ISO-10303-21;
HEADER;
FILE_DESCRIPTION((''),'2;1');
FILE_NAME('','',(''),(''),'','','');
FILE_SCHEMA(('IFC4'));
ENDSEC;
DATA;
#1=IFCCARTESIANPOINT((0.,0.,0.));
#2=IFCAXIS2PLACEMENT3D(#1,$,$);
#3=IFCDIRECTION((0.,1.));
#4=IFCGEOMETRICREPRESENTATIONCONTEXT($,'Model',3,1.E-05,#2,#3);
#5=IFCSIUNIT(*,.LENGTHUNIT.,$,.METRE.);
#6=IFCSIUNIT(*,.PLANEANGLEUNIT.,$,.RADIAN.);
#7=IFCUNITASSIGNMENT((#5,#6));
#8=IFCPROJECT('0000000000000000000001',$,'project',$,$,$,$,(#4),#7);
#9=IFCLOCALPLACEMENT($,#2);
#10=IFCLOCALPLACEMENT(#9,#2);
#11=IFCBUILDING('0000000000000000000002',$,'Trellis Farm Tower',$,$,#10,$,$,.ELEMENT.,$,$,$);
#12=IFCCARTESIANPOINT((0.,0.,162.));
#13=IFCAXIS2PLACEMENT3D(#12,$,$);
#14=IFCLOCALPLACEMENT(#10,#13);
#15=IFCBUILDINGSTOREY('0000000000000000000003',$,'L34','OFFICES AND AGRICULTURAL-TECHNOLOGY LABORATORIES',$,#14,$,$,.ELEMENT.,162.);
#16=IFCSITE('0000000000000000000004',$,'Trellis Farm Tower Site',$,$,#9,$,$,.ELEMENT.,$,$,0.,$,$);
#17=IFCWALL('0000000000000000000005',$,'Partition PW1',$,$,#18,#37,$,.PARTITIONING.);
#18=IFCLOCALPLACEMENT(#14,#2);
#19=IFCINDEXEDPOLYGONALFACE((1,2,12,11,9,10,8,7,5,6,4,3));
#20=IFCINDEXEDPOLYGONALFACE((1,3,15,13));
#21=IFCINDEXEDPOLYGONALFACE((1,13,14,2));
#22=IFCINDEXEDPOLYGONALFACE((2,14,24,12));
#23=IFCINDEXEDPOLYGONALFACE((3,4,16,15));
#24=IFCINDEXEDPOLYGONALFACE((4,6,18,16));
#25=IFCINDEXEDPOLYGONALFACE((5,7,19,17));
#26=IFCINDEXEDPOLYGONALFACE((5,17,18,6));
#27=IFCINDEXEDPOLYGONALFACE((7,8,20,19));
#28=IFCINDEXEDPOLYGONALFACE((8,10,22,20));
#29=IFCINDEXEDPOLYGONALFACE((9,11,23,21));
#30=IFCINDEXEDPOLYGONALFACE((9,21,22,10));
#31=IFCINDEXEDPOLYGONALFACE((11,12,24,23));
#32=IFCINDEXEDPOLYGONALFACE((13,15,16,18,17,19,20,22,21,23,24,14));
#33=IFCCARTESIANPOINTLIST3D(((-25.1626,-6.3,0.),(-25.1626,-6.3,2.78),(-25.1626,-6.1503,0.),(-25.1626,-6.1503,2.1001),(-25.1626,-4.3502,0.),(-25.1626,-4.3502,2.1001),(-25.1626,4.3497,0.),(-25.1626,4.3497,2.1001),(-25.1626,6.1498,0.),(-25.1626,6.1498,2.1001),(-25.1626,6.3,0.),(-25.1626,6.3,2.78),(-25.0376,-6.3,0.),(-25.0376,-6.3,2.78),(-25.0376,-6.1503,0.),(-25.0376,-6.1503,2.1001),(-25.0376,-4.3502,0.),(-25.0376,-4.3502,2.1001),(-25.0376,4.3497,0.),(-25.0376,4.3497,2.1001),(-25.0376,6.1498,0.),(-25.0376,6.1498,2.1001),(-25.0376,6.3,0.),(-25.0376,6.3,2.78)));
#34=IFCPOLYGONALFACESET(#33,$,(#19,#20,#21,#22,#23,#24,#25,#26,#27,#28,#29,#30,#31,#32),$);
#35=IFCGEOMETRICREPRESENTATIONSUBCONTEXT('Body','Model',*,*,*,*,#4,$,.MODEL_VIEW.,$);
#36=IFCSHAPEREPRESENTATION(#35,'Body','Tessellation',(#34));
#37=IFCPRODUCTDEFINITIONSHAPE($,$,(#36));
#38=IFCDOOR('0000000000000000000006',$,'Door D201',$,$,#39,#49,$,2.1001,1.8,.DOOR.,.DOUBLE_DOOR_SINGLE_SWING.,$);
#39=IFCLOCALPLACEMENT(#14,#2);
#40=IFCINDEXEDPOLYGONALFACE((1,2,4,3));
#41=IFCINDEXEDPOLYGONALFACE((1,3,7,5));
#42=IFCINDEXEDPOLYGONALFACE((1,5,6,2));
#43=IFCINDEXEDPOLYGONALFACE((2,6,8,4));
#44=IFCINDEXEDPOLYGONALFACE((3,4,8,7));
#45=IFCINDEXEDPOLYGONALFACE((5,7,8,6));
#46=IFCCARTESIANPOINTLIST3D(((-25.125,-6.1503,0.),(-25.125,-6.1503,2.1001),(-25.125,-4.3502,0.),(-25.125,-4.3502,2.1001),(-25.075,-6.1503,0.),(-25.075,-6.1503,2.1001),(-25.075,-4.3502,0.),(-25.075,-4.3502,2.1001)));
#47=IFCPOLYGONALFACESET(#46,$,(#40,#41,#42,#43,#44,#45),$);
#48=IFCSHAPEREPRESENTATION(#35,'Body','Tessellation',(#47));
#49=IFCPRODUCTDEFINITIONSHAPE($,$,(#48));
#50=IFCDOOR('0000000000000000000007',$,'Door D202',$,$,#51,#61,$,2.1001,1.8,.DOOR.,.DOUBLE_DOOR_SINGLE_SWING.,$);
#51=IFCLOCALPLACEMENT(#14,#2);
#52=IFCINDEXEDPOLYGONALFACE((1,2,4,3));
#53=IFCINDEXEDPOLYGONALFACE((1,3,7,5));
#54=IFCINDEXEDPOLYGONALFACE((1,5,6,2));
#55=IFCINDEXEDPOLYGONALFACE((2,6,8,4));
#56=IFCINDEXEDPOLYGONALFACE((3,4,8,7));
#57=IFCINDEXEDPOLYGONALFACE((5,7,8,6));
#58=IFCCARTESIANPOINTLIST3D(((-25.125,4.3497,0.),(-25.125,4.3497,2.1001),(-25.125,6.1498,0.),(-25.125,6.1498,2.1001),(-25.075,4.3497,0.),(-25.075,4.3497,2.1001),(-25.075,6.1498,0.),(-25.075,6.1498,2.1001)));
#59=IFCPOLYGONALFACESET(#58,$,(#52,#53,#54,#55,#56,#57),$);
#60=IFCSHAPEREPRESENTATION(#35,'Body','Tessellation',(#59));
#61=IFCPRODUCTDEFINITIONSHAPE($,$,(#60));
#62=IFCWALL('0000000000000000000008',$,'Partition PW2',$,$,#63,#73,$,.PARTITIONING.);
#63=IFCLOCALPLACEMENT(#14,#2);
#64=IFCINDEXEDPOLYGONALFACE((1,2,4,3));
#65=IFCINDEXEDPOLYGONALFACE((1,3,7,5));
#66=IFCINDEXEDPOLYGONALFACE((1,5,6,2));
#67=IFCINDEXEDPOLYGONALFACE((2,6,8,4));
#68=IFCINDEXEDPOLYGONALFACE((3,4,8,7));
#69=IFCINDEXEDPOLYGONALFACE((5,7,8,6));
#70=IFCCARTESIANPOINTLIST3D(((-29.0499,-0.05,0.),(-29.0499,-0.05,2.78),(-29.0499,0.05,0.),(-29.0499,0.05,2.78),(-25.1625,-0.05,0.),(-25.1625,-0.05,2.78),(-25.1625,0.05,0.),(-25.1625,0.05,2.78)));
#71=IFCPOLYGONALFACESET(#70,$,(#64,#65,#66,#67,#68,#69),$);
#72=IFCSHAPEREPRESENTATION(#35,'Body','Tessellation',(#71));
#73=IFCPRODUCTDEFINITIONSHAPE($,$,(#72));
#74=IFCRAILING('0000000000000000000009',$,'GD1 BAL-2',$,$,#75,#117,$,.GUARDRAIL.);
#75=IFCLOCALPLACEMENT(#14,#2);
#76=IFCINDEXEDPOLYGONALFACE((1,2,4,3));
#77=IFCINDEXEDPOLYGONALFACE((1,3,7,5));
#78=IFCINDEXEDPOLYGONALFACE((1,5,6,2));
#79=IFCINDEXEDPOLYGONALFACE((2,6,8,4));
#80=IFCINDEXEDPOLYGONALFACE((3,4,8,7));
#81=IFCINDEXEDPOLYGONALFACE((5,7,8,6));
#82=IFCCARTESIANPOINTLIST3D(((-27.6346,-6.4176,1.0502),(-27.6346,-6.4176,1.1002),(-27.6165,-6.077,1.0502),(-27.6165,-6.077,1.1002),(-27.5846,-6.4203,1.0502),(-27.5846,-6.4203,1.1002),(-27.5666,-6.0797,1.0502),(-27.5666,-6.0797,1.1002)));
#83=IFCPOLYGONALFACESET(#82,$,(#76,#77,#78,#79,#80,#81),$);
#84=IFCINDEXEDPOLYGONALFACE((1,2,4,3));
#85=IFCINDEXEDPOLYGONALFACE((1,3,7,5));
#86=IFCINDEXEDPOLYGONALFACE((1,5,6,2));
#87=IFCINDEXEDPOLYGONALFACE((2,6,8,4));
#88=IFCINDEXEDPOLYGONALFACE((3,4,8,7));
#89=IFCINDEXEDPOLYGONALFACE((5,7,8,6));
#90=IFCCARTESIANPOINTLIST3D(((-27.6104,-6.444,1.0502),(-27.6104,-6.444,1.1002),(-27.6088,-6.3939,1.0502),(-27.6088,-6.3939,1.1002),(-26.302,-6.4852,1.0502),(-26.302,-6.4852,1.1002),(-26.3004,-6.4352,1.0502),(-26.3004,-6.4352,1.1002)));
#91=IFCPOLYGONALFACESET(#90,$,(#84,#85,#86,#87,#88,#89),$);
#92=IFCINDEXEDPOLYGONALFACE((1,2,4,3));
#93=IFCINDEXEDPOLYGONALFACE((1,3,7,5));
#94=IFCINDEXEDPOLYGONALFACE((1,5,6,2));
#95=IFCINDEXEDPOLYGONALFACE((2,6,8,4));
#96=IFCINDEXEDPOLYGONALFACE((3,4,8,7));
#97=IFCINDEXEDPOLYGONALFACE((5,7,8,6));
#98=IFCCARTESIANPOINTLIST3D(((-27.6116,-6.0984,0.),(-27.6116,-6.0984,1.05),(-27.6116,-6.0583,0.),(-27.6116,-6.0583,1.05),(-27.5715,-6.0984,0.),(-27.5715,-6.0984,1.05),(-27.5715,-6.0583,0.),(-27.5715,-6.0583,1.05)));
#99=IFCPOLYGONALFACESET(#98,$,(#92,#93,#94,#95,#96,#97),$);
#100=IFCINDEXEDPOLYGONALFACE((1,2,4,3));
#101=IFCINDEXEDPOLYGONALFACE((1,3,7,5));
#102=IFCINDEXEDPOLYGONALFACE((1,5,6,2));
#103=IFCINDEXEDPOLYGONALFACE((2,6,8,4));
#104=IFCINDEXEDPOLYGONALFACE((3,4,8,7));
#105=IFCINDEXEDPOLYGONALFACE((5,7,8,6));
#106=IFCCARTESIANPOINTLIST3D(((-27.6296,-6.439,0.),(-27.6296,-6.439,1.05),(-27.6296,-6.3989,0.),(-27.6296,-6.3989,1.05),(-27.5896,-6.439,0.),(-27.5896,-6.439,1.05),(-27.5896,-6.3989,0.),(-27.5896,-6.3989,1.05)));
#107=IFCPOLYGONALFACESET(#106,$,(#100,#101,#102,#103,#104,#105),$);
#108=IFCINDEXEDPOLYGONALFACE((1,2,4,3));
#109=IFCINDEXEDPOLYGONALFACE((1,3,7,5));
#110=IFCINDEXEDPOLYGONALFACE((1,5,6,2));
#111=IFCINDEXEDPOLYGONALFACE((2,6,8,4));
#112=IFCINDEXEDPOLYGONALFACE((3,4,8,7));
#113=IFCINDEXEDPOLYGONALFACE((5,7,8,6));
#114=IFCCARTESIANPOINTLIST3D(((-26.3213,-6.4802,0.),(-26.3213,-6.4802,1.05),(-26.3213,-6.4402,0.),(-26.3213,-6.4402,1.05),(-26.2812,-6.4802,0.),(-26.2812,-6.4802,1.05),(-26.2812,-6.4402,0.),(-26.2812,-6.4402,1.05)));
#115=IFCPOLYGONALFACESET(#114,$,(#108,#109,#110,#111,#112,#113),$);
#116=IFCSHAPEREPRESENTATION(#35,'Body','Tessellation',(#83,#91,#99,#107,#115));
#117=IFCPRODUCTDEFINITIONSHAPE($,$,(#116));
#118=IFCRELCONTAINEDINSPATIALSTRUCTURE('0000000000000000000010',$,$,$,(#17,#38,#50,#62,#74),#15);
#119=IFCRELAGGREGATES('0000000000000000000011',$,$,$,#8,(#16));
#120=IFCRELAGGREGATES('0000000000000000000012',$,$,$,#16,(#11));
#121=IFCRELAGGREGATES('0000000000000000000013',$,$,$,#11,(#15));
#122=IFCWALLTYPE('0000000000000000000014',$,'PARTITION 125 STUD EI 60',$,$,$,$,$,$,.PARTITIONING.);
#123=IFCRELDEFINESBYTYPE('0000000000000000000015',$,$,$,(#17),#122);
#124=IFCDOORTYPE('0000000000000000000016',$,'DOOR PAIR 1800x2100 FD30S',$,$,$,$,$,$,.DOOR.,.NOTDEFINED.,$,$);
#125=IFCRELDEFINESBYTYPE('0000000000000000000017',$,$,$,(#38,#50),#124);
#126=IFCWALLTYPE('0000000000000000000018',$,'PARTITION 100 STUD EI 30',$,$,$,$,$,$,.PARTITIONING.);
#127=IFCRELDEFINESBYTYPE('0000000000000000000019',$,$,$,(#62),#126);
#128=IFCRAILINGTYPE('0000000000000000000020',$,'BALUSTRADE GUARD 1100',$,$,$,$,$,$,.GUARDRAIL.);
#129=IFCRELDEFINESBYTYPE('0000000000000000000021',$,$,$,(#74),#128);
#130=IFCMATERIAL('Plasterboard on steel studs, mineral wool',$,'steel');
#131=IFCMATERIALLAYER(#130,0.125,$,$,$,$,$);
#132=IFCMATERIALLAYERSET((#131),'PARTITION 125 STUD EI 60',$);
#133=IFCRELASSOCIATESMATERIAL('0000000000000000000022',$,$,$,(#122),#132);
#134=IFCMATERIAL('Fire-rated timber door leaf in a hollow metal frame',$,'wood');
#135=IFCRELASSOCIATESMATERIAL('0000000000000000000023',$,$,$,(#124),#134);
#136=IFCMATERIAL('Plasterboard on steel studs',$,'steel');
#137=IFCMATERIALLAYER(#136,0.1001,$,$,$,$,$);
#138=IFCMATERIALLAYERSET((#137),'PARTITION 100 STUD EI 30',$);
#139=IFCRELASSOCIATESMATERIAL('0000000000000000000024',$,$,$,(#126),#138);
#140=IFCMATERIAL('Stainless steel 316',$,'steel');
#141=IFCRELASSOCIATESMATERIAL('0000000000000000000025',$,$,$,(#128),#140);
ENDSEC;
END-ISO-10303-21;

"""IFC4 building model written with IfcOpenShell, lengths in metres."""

from ifc_helpers import new_model, si_unit, direction, frame, frame_2d, origin, origin_2d, place, context, subcontext, project, spatial, rectangle, extrude, source, transform, mapped, material, layer, layer_set, type_object, element, fill, save


model = new_model("IFC4")

# Units and contexts
model_context = context("Model", 3, precision=1e-05, world=origin(), true_north=direction((0.0, 1.0)))
body_context = subcontext(model_context, "Body", "Model", "MODEL_VIEW")
ifc_project = project(units=[si_unit("LENGTHUNIT", "METRE"), si_unit("PLANEANGLEUNIT", "RADIAN")], contexts=[model_context])

# Site, building, storey
site_placement = place(None, origin())
site = spatial("IfcSite", under=ifc_project, at=site_placement, Name="Trellis Farm Tower Site", CompositionType="ELEMENT", RefElevation=0.0)
building_placement = place(site_placement, origin())
building = spatial("IfcBuilding", under=site, at=building_placement, Name="Trellis Farm Tower", CompositionType="ELEMENT")
storey_placement = place(building_placement, frame((0.0, 0.0, 162.0)))
storey = spatial("IfcBuildingStorey", under=building, at=storey_placement, Name="L34", Description="OFFICES AND AGRICULTURAL-TECHNOLOGY LABORATORIES", CompositionType="ELEMENT", Elevation=162.0)

# Wall, openings, doors
ifc_material_1 = material(Name="Plasterboard on steel studs, mineral wool", Category="steel")
ifc_layer_1 = layer(ifc_material_1, 0.125)
ifc_layer_set_1 = layer_set([ifc_layer_1], Name="PARTITION 125 STUD EI 60")
wall_type_1 = type_object("IfcWallType", Name="PARTITION 125 STUD EI 60", PredefinedType="PARTITIONING", material=ifc_layer_set_1)
shared_shape_1 = source(origin(), body_context, "Body", "SweptSolid", [
    extrude(rectangle(XDim=12.6001, YDim=0.125, at=frame_2d((6.3, 0.0))), origin(), (0.0, 0.0, 1.0), 2.78),
])
wall_1_placement = place(storey_placement, frame((-25.1001, -6.3, 0.0), z_axis=(0.0, 0.0, 1.0), x_axis=(0.0, 1.0, 0.0)))
wall_1 = element("IfcWall", 1, at=wall_1_placement, inside=storey, type_object=wall_type_1, Name="Partition PW1", PredefinedType="PARTITIONING", context=body_context, shape_type="MappedRepresentation", body=[
    mapped(shared_shape_1, transform((0.0, 0.0, 0.0))),
])
shared_shape_2 = source(origin(), body_context, "Body", "SweptSolid", [
    extrude(rectangle(XDim=1.8, YDim=2.1001, at=frame_2d((0.8999, 1.05))), frame((0.0, 0.0725, 0.0), z_axis=(0.0, -1.0, 0.0), x_axis=(1.0, 0.0, 0.0)), (0.0, 0.0, 1.0), 0.145),
])
opening_1_placement = place(wall_1_placement, frame((0.1499, 0.0, 0.0)))
opening_1 = element("IfcOpeningElement", 2, at=opening_1_placement, cuts=wall_1, PredefinedType="OPENING", context=body_context, shape_type="MappedRepresentation", body=[
    mapped(shared_shape_2, transform((0.0, 0.0, 0.0))),
])
opening_2_placement = place(wall_1_placement, frame((10.6499, 0.0, 0.0)))
opening_2 = element("IfcOpeningElement", 3, at=opening_2_placement, cuts=wall_1, PredefinedType="OPENING", context=body_context, shape_type="MappedRepresentation", body=[
    mapped(shared_shape_2, transform((0.0, 0.0, 0.0))),
])
ifc_material_2 = material(Name="Fire-rated timber door leaf in a hollow metal frame", Category="wood")
door_type_1 = type_object("IfcDoorType", Name="DOOR PAIR 1800x2100 FD30S", OperationType="NOTDEFINED", PredefinedType="DOOR", material=ifc_material_2)
shared_shape_3 = source(origin(), body_context, "Body", "SweptSolid", [
    extrude(rectangle(XDim=1.8, YDim=2.1001, at=frame_2d((0.8999, 1.05))), frame((0.0, 0.0249, 0.0), z_axis=(0.0, -1.0, 0.0), x_axis=(1.0, 0.0, 0.0)), (0.0, 0.0, 1.0), 0.05),
])
door_1_placement = place(opening_1_placement, origin())
door_1 = element("IfcDoor", 4, at=door_1_placement, inside=storey, type_object=door_type_1, Name="Door D201", OperationType="DOUBLE_DOOR_SINGLE_SWING", OverallHeight=2.1001, OverallWidth=1.8, PredefinedType="DOOR", context=body_context, shape_type="MappedRepresentation", body=[
    mapped(shared_shape_3, transform((0.0, 0.0, 0.0))),
])
fill(opening_1, door_1)
door_2_placement = place(opening_2_placement, origin())
door_2 = element("IfcDoor", 5, at=door_2_placement, inside=storey, type_object=door_type_1, Name="Door D202", OperationType="DOUBLE_DOOR_SINGLE_SWING", OverallHeight=2.1001, OverallWidth=1.8, PredefinedType="DOOR", context=body_context, shape_type="MappedRepresentation", body=[
    mapped(shared_shape_3, transform((0.0, 0.0, 0.0))),
])
fill(opening_2, door_2)

# Wall
ifc_material_3 = material(Name="Plasterboard on steel studs", Category="steel")
ifc_layer_2 = layer(ifc_material_3, 0.1001)
ifc_layer_set_2 = layer_set([ifc_layer_2], Name="PARTITION 100 STUD EI 30")
wall_type_2 = type_object("IfcWallType", Name="PARTITION 100 STUD EI 30", PredefinedType="PARTITIONING", material=ifc_layer_set_2)
shared_shape_4 = source(origin(), body_context, "Body", "SweptSolid", [
    extrude(rectangle(XDim=3.8875, YDim=0.1001, at=frame_2d((1.9438, 0.0))), origin(), (0.0, 0.0, 1.0), 2.78),
])
wall_2_placement = place(storey_placement, frame((-29.05, 0.0, 0.0), z_axis=(0.0, 0.0, 1.0), x_axis=(1.0, 0.0, 0.0)))
element("IfcWall", 6, at=wall_2_placement, inside=storey, type_object=wall_type_2, Name="Partition PW2", PredefinedType="PARTITIONING", context=body_context, shape_type="MappedRepresentation", body=[
    mapped(shared_shape_4, transform((0.0, 0.0, 0.0))),
])

# Railing
ifc_material_4 = material(Name="Stainless steel 316", Category="steel")
railing_type = type_object("IfcRailingType", Name="BALUSTRADE GUARD 1100", PredefinedType="GUARDRAIL", material=ifc_material_4)
shared_shape_5 = source(origin(), body_context, "Body", "SweptSolid", [
    extrude(rectangle(XDim=0.05, YDim=0.05, at=origin_2d()), frame((0.0, 0.0, 1.0752), z_axis=(-0.052972, -0.998596, 0.0), x_axis=(0.998596, -0.052972, 0.0)), (0.0, 0.0, 1.0), 0.3411),
    extrude(rectangle(XDim=0.05, YDim=0.05, at=origin_2d()), frame((-0.0181, -0.3406, 1.0752), z_axis=(0.999503, -0.03152, 0.0), x_axis=(0.03152, 0.999503, 0.0)), (0.0, 0.0, 1.0), 1.3091),
    extrude(rectangle(XDim=0.04, YDim=0.04, at=origin_2d()), origin(), (0.0, 0.0, 1.0), 1.05),
    extrude(rectangle(XDim=0.04, YDim=0.04, at=origin_2d()), frame((-0.0181, -0.3406, 0.0)), (0.0, 0.0, 1.0), 1.05),
    extrude(rectangle(XDim=0.04, YDim=0.04, at=origin_2d()), frame((1.2903, -0.3818, 0.0)), (0.0, 0.0, 1.0), 1.05),
])
railing_1_placement = place(storey_placement, frame((-27.5916, -6.0784, 0.0)))
element("IfcRailing", 7, at=railing_1_placement, inside=storey, type_object=railing_type, Name="GD1 BAL-2", PredefinedType="GUARDRAIL", context=body_context, shape_type="MappedRepresentation", body=[
    mapped(shared_shape_5, transform((0.0, 0.0, 0.0))),
])

save(model, "model.ifc")
